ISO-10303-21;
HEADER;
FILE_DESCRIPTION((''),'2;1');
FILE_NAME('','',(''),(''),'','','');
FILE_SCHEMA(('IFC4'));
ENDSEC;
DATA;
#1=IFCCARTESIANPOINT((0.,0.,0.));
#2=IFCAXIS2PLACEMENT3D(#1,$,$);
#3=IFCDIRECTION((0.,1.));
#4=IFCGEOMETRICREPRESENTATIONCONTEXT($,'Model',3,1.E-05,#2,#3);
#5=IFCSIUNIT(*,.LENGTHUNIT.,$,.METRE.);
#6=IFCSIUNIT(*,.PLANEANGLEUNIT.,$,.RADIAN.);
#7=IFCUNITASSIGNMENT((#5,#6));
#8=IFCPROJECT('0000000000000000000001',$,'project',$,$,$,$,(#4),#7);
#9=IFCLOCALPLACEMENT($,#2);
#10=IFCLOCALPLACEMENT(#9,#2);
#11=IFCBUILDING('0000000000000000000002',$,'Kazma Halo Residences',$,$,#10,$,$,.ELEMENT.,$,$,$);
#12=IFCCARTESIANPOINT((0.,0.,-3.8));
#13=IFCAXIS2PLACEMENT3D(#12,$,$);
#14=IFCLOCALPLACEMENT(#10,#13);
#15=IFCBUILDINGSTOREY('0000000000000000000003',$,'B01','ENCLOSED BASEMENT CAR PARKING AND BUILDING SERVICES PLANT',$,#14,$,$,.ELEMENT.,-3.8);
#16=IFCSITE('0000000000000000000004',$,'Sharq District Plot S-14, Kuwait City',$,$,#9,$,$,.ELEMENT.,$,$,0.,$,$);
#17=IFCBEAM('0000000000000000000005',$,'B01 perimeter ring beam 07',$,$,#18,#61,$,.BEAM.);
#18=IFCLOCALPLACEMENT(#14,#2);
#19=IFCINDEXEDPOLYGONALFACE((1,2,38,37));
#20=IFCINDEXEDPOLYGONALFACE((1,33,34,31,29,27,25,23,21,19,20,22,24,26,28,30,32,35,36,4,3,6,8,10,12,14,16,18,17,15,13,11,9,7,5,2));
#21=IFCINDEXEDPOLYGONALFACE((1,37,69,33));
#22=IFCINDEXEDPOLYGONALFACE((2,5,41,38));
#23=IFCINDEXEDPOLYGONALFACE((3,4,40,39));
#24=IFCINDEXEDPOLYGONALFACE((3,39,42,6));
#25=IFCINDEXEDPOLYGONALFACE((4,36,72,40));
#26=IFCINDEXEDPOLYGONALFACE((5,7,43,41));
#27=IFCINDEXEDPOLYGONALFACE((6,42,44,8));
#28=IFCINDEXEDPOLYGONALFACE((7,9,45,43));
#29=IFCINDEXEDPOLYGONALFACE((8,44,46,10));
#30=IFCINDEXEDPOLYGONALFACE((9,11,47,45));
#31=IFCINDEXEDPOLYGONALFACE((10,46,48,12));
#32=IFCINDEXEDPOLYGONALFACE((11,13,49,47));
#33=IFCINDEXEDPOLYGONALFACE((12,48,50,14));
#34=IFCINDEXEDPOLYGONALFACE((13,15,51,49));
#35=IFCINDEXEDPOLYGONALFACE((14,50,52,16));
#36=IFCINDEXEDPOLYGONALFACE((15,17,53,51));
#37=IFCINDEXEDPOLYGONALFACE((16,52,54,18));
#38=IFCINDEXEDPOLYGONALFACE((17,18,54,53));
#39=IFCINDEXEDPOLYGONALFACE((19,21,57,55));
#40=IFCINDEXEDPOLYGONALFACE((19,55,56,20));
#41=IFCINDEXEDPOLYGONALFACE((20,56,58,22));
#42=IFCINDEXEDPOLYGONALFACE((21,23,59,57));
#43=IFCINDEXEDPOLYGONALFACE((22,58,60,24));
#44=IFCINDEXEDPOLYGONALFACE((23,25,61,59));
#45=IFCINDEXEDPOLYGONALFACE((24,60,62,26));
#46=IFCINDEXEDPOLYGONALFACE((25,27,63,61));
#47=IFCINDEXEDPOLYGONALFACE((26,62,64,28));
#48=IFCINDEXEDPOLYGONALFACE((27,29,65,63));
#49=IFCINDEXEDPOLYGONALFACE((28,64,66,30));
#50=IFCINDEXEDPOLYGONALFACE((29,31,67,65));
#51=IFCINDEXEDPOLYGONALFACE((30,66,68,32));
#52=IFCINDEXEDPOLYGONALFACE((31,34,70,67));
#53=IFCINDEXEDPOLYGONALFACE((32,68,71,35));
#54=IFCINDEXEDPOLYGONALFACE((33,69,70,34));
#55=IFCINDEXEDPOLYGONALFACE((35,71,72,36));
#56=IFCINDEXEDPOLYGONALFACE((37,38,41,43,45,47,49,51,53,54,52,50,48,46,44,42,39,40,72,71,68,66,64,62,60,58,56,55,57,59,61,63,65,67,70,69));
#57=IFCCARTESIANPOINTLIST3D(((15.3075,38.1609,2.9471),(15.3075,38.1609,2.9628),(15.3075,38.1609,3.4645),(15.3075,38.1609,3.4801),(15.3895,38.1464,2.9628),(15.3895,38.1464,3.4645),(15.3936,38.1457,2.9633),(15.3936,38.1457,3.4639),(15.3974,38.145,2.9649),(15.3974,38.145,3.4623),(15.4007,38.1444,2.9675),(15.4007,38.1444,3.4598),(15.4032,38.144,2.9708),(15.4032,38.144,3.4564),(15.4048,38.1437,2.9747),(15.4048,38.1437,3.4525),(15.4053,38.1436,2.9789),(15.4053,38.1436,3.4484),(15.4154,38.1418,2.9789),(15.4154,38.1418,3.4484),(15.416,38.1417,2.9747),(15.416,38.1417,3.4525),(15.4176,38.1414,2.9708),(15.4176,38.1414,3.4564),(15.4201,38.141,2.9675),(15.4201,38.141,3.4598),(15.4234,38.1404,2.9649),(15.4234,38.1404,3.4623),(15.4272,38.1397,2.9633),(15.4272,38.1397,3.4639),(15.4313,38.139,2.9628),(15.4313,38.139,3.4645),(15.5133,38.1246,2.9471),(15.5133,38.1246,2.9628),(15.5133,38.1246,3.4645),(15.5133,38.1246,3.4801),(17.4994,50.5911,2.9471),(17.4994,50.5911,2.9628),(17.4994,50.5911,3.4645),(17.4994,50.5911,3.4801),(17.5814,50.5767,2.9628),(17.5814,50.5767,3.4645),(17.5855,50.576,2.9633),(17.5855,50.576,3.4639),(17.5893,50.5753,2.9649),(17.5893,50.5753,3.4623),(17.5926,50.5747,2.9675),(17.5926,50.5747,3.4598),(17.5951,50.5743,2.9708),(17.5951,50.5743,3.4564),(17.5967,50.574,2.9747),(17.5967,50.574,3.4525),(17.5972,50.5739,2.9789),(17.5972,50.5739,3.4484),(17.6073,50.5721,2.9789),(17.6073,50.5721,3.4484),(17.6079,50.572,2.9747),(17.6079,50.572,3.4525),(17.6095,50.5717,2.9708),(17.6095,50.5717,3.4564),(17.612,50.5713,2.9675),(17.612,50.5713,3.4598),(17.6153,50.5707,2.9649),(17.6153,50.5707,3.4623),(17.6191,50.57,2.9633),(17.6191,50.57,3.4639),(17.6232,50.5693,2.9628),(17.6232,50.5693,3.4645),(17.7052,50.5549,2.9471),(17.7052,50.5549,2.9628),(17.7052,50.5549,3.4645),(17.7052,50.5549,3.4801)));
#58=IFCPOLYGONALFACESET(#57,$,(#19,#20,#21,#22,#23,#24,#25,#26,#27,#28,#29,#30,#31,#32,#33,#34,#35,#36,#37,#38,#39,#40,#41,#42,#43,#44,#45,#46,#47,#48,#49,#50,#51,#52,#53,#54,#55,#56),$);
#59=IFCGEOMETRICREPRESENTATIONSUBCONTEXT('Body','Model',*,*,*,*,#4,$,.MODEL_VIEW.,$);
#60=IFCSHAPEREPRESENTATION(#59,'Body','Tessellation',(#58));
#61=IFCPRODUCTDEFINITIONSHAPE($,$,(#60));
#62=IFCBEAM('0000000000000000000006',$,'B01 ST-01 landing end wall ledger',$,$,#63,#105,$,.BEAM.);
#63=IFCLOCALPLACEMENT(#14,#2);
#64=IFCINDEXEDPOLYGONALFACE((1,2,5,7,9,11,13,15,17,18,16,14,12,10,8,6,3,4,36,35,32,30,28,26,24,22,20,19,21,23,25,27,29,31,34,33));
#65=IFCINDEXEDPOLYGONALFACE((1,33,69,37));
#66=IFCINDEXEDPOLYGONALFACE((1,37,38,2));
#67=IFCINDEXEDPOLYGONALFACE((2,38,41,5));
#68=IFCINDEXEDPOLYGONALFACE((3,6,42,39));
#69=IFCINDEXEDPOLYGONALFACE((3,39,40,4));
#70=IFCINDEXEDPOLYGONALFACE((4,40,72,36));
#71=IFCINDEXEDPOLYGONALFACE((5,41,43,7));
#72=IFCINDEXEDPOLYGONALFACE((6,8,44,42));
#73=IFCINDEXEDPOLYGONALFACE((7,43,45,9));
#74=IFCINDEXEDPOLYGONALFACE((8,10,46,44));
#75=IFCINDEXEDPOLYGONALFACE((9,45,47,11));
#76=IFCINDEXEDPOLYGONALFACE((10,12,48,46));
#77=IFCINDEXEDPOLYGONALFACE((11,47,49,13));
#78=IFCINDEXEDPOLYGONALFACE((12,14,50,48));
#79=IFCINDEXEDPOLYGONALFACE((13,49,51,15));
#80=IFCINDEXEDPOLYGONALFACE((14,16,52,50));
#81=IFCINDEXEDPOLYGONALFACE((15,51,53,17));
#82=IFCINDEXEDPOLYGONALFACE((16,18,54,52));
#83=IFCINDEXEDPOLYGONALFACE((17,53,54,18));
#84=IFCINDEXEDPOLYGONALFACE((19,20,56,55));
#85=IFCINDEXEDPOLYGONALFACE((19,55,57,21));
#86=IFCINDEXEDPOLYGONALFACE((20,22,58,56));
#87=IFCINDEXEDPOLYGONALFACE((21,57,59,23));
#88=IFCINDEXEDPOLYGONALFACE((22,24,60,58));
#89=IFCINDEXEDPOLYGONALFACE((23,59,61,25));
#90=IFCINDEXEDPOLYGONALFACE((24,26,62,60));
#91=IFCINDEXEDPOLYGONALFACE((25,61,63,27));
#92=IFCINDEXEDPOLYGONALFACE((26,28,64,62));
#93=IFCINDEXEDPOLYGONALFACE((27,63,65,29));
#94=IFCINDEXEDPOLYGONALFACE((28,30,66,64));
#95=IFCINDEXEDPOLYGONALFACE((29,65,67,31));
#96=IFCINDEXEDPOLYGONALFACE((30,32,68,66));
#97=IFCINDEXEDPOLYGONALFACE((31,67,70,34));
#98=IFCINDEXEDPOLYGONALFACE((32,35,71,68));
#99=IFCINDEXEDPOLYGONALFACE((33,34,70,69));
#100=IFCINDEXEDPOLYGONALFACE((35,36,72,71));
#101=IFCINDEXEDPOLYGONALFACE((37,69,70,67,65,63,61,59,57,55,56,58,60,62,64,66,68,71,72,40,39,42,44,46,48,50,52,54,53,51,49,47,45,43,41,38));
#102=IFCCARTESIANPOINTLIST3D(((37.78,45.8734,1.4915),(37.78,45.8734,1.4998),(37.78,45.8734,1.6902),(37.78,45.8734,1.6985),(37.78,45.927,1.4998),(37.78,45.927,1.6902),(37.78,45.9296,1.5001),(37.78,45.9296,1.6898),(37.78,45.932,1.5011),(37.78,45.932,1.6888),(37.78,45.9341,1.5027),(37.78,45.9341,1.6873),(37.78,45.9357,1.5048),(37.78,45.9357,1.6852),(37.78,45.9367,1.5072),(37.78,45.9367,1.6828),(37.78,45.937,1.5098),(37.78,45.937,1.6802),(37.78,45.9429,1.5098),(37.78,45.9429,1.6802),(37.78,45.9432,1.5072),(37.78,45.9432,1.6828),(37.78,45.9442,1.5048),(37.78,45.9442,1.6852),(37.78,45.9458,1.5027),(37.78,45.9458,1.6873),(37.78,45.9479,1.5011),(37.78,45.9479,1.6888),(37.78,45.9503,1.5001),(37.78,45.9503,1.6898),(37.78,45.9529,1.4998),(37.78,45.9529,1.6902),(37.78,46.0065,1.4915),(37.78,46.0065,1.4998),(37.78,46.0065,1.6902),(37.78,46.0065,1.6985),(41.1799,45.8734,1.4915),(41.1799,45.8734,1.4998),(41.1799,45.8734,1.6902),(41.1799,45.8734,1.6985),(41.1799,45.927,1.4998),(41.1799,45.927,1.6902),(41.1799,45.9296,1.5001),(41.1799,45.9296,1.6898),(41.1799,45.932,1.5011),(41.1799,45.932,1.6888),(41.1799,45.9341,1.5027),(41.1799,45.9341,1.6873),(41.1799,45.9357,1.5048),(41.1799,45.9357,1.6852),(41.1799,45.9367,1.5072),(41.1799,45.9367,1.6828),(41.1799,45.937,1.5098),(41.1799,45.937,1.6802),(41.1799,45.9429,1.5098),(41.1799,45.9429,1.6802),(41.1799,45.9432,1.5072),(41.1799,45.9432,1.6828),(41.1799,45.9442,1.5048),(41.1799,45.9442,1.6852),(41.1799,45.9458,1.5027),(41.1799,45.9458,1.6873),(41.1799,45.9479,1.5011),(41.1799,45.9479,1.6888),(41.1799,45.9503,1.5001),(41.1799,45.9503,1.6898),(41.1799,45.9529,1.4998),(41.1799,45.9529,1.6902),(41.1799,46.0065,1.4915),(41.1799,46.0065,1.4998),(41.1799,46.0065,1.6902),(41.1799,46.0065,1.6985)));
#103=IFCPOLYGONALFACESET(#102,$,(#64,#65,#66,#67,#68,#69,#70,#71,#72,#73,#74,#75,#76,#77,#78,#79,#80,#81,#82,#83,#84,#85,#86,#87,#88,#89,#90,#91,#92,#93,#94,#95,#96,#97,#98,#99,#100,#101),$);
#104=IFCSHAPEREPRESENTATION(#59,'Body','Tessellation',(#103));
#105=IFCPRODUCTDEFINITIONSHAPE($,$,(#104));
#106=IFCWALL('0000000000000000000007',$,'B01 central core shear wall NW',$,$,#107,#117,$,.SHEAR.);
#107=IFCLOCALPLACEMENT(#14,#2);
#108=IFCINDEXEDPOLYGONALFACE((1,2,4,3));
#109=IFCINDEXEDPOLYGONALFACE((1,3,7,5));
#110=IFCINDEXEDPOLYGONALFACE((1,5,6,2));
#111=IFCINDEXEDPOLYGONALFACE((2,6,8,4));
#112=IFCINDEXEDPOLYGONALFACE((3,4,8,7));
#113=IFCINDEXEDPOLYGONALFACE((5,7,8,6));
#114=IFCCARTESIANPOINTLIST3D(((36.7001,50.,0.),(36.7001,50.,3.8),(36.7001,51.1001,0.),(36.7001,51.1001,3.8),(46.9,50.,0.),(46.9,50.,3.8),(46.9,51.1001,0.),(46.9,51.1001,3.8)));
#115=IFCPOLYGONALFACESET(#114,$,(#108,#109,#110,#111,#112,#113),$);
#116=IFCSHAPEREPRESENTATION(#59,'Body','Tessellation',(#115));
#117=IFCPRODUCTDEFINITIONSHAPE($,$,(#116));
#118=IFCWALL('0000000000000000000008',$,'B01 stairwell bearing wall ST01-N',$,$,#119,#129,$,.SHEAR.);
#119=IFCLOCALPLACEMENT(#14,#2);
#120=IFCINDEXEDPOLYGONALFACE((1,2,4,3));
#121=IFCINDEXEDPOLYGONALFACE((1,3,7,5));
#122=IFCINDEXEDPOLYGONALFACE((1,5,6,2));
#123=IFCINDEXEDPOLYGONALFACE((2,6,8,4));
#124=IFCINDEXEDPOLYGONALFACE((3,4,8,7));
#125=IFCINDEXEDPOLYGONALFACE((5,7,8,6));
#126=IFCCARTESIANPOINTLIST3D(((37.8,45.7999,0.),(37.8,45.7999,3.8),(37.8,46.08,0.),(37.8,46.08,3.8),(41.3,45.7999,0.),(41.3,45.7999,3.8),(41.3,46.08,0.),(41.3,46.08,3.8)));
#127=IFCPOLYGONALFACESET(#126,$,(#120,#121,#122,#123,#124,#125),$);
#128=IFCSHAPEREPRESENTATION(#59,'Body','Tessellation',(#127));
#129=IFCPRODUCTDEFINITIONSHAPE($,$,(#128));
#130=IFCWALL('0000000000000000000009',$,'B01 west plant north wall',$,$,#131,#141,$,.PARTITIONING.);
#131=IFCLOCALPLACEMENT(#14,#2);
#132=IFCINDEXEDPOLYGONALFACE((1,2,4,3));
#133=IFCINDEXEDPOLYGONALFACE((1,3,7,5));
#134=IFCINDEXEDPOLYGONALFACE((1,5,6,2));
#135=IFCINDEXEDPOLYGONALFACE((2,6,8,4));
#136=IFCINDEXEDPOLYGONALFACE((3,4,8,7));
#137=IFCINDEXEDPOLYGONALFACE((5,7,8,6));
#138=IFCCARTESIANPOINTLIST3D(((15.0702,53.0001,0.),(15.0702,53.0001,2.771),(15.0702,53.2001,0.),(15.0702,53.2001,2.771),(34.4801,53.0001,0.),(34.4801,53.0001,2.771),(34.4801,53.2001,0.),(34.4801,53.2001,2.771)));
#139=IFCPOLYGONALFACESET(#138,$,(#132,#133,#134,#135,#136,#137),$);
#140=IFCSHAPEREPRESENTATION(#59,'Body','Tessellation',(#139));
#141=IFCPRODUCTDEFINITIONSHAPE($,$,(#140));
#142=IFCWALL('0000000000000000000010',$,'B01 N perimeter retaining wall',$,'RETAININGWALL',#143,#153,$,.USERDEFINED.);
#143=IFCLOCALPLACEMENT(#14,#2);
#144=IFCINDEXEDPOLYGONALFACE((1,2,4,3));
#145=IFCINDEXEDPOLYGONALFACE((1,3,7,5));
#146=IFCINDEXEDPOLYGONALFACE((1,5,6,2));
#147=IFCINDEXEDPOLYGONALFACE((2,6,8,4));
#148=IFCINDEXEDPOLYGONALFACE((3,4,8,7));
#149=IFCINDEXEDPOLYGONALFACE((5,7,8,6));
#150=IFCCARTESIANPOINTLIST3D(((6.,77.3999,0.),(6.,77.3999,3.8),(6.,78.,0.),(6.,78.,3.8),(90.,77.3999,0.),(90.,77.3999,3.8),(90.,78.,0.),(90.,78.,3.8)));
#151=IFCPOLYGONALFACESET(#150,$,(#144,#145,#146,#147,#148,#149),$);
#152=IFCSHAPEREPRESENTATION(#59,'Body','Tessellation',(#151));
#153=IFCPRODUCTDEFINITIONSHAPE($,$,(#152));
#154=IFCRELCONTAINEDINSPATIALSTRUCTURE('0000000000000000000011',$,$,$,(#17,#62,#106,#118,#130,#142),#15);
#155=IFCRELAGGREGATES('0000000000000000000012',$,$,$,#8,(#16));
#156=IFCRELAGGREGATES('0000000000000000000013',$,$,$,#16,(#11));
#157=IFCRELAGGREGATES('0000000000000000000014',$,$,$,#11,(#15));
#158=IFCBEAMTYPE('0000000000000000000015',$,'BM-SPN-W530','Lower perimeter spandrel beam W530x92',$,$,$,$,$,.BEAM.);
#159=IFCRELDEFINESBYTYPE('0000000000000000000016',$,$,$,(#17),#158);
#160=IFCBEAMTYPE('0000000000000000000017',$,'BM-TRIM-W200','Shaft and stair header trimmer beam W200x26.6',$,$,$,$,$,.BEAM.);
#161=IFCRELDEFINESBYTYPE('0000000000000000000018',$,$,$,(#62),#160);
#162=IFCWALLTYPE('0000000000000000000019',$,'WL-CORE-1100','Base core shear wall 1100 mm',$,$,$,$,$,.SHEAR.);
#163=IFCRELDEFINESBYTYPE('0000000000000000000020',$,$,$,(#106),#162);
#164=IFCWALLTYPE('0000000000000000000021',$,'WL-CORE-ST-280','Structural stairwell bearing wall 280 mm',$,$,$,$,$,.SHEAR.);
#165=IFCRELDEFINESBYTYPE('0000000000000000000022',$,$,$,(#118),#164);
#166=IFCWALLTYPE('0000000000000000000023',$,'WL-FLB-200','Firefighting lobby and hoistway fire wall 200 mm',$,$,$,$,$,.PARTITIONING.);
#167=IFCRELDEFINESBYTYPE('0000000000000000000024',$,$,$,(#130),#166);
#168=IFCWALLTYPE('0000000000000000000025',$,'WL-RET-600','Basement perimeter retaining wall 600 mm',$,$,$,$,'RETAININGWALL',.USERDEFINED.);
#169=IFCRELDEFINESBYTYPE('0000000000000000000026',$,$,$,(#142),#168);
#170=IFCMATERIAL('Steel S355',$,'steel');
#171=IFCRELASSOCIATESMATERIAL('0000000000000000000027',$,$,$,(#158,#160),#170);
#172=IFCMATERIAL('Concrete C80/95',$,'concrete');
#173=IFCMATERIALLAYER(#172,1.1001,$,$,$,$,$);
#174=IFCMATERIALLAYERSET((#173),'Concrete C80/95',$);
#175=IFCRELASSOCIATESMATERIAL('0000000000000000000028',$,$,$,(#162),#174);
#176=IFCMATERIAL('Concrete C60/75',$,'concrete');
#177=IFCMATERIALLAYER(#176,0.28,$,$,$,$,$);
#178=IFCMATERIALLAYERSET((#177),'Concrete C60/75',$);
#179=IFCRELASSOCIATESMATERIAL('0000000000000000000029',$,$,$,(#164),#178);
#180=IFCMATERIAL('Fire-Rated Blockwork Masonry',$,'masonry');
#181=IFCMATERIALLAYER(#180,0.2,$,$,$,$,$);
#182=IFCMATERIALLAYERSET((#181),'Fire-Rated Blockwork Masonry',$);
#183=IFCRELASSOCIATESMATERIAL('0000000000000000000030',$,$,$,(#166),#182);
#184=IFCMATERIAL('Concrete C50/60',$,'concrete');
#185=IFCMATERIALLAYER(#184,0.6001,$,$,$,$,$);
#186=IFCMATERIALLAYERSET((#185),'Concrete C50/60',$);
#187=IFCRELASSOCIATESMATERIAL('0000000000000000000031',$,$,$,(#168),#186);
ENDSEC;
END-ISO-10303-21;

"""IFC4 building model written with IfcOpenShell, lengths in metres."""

from ifc_helpers import new_model, si_unit, direction, frame, frame_2d, origin, origin_2d, place, context, subcontext, project, spatial, rectangle, i_section, extrude, material, layer, layer_set, material_profile, profile_set, type_object, element, save


model = new_model("IFC4")

# Units and contexts
model_context = context("Model", 3, precision=1e-05, world=origin(), true_north=direction((0.0, 1.0)))
body_context = subcontext(model_context, "Body", "Model", "MODEL_VIEW")
ifc_project = project(units=[si_unit("LENGTHUNIT", "METRE"), si_unit("PLANEANGLEUNIT", "RADIAN")], contexts=[model_context])

# Site, building, storey
site_placement = place(None, origin())
site = spatial("IfcSite", under=ifc_project, at=site_placement, Name="Sharq District Plot S-14, Kuwait City", CompositionType="ELEMENT", RefElevation=0.0)
building_placement = place(site_placement, origin())
building = spatial("IfcBuilding", under=site, at=building_placement, Name="Kazma Halo Residences", CompositionType="ELEMENT")
storey_placement = place(building_placement, frame((0.0, 0.0, -3.8)))
storey = spatial("IfcBuildingStorey", under=building, at=storey_placement, Name="B01", Description="ENCLOSED BASEMENT CAR PARKING AND BUILDING SERVICES PLANT", CompositionType="ELEMENT", Elevation=-3.8)

# Shared definitions
ifc_material_1 = material(Name="Concrete C60/75", Category="concrete")
ifc_material_2 = material(Name="Concrete C80/95", Category="concrete")

# Beams
ifc_material_3 = material(Name="Steel S355", Category="steel")
ifc_material_profile_1 = material_profile(ifc_material_3, i_section(OverallWidth=0.209, OverallDepth=0.533, WebThickness=0.0103, FlangeThickness=0.0156, FilletRadius=0.0161, at=origin_2d()), Name="W530x92")
ifc_profile_set_1 = profile_set([ifc_material_profile_1], Name="Steel S355")
beam_type_1 = type_object("IfcBeamType", Name="BM-SPN-W530", Description="Lower perimeter spandrel beam W530x92", PredefinedType="BEAM", material=ifc_profile_set_1)
beam_1_placement = place(storey_placement, frame((17.6023, 50.573, 3.2136), z_axis=(-0.173657, -0.984806, 0.0), x_axis=(0.984806, -0.173657, 0.0)))
element("IfcBeam", 1, at=beam_1_placement, inside=storey, type_object=beam_type_1, Name="B01 perimeter ring beam 07", PredefinedType="BEAM", context=body_context, shape_type="SweptSolid", body=[
    extrude(i_section(OverallWidth=0.209, OverallDepth=0.533, WebThickness=0.0103, FlangeThickness=0.0156, FilletRadius=0.0161, at=origin_2d()), origin(), (0.0, 0.0, 1.0), 12.6221),
])
ifc_material_profile_2 = material_profile(ifc_material_3, i_section(OverallWidth=0.1331, OverallDepth=0.207, WebThickness=0.0059, FlangeThickness=0.0083, FilletRadius=0.01, at=origin_2d()), Name="W200x26.6")
ifc_profile_set_2 = profile_set([ifc_material_profile_2], Name="Steel S355")
beam_type_2 = type_object("IfcBeamType", Name="BM-TRIM-W200", Description="Shaft and stair header trimmer beam W200x26.6", PredefinedType="BEAM", material=ifc_profile_set_2)
beam_2_placement = place(storey_placement, frame((37.78, 45.9399, 1.595), z_axis=(1.0, 0.0, 0.0), x_axis=(0.0, 1.0, 0.0)))
element("IfcBeam", 2, at=beam_2_placement, inside=storey, type_object=beam_type_2, Name="B01 ST-01 landing end wall ledger", PredefinedType="BEAM", context=body_context, shape_type="SweptSolid", body=[
    extrude(i_section(OverallWidth=0.1331, OverallDepth=0.207, WebThickness=0.0059, FlangeThickness=0.0083, FilletRadius=0.01, at=origin_2d()), origin(), (0.0, 0.0, 1.0), 3.3999),
])

# Walls
ifc_layer_1 = layer(ifc_material_2, 1.1001)
ifc_layer_set_1 = layer_set([ifc_layer_1], Name="Concrete C80/95")
wall_type_1 = type_object("IfcWallType", Name="WL-CORE-1100", Description="Base core shear wall 1100 mm", PredefinedType="SHEAR", material=ifc_layer_set_1)
wall_1_placement = place(storey_placement, frame((36.7, 50.55, 0.0), z_axis=(0.0, 0.0, 1.0), x_axis=(1.0, 0.0, 0.0)))
element("IfcWall", 3, at=wall_1_placement, inside=storey, type_object=wall_type_1, Name="B01 central core shear wall NW", PredefinedType="SHEAR", context=body_context, shape_type="SweptSolid", body=[
    extrude(rectangle(XDim=10.2, YDim=1.1001, at=frame_2d((5.1001, 0.0))), origin(), (0.0, 0.0, 1.0), 3.8),
])
ifc_layer_2 = layer(ifc_material_1, 0.28)
ifc_layer_set_2 = layer_set([ifc_layer_2], Name="Concrete C60/75")
wall_type_2 = type_object("IfcWallType", Name="WL-CORE-ST-280", Description="Structural stairwell bearing wall 280 mm", PredefinedType="SHEAR", material=ifc_layer_set_2)
wall_2_placement = place(storey_placement, frame((37.8, 45.9399, 0.0), z_axis=(0.0, 0.0, 1.0), x_axis=(1.0, 0.0, 0.0)))
element("IfcWall", 4, at=wall_2_placement, inside=storey, type_object=wall_type_2, Name="B01 stairwell bearing wall ST01-N", PredefinedType="SHEAR", context=body_context, shape_type="SweptSolid", body=[
    extrude(rectangle(XDim=3.5, YDim=0.28, at=frame_2d((1.75, 0.0))), origin(), (0.0, 0.0, 1.0), 3.8),
])
ifc_material_4 = material(Name="Fire-Rated Blockwork Masonry", Category="masonry")
ifc_layer_3 = layer(ifc_material_4, 0.2)
ifc_layer_set_3 = layer_set([ifc_layer_3], Name="Fire-Rated Blockwork Masonry")
wall_type_3 = type_object("IfcWallType", Name="WL-FLB-200", Description="Firefighting lobby and hoistway fire wall 200 mm", PredefinedType="PARTITIONING", material=ifc_layer_set_3)
wall_3_placement = place(storey_placement, frame((15.0701, 53.1001, 0.0), z_axis=(0.0, 0.0, 1.0), x_axis=(1.0, 0.0, 0.0)))
element("IfcWall", 5, at=wall_3_placement, inside=storey, type_object=wall_type_3, Name="B01 west plant north wall", PredefinedType="PARTITIONING", context=body_context, shape_type="SweptSolid", body=[
    extrude(rectangle(XDim=19.4099, YDim=0.2, at=frame_2d((9.7051, 0.0))), origin(), (0.0, 0.0, 1.0), 2.771),
])
ifc_material_5 = material(Name="Concrete C50/60", Category="concrete")
ifc_layer_4 = layer(ifc_material_5, 0.6001)
ifc_layer_set_4 = layer_set([ifc_layer_4], Name="Concrete C50/60")
wall_type_4 = type_object("IfcWallType", Name="WL-RET-600", Description="Basement perimeter retaining wall 600 mm", ElementType="RETAININGWALL", PredefinedType="USERDEFINED", material=ifc_layer_set_4)
wall_4_placement = place(storey_placement, frame((6.0, 77.7, 0.0), z_axis=(0.0, 0.0, 1.0), x_axis=(1.0, 0.0, 0.0)))
element("IfcWall", 6, at=wall_4_placement, inside=storey, type_object=wall_type_4, Name="B01 N perimeter retaining wall", ObjectType="RETAININGWALL", PredefinedType="USERDEFINED", context=body_context, shape_type="SweptSolid", body=[
    extrude(rectangle(XDim=84.0, YDim=0.6001, at=frame_2d((42.0, 0.0))), origin(), (0.0, 0.0, 1.0), 3.8),
])

save(model, "model.ifc")
